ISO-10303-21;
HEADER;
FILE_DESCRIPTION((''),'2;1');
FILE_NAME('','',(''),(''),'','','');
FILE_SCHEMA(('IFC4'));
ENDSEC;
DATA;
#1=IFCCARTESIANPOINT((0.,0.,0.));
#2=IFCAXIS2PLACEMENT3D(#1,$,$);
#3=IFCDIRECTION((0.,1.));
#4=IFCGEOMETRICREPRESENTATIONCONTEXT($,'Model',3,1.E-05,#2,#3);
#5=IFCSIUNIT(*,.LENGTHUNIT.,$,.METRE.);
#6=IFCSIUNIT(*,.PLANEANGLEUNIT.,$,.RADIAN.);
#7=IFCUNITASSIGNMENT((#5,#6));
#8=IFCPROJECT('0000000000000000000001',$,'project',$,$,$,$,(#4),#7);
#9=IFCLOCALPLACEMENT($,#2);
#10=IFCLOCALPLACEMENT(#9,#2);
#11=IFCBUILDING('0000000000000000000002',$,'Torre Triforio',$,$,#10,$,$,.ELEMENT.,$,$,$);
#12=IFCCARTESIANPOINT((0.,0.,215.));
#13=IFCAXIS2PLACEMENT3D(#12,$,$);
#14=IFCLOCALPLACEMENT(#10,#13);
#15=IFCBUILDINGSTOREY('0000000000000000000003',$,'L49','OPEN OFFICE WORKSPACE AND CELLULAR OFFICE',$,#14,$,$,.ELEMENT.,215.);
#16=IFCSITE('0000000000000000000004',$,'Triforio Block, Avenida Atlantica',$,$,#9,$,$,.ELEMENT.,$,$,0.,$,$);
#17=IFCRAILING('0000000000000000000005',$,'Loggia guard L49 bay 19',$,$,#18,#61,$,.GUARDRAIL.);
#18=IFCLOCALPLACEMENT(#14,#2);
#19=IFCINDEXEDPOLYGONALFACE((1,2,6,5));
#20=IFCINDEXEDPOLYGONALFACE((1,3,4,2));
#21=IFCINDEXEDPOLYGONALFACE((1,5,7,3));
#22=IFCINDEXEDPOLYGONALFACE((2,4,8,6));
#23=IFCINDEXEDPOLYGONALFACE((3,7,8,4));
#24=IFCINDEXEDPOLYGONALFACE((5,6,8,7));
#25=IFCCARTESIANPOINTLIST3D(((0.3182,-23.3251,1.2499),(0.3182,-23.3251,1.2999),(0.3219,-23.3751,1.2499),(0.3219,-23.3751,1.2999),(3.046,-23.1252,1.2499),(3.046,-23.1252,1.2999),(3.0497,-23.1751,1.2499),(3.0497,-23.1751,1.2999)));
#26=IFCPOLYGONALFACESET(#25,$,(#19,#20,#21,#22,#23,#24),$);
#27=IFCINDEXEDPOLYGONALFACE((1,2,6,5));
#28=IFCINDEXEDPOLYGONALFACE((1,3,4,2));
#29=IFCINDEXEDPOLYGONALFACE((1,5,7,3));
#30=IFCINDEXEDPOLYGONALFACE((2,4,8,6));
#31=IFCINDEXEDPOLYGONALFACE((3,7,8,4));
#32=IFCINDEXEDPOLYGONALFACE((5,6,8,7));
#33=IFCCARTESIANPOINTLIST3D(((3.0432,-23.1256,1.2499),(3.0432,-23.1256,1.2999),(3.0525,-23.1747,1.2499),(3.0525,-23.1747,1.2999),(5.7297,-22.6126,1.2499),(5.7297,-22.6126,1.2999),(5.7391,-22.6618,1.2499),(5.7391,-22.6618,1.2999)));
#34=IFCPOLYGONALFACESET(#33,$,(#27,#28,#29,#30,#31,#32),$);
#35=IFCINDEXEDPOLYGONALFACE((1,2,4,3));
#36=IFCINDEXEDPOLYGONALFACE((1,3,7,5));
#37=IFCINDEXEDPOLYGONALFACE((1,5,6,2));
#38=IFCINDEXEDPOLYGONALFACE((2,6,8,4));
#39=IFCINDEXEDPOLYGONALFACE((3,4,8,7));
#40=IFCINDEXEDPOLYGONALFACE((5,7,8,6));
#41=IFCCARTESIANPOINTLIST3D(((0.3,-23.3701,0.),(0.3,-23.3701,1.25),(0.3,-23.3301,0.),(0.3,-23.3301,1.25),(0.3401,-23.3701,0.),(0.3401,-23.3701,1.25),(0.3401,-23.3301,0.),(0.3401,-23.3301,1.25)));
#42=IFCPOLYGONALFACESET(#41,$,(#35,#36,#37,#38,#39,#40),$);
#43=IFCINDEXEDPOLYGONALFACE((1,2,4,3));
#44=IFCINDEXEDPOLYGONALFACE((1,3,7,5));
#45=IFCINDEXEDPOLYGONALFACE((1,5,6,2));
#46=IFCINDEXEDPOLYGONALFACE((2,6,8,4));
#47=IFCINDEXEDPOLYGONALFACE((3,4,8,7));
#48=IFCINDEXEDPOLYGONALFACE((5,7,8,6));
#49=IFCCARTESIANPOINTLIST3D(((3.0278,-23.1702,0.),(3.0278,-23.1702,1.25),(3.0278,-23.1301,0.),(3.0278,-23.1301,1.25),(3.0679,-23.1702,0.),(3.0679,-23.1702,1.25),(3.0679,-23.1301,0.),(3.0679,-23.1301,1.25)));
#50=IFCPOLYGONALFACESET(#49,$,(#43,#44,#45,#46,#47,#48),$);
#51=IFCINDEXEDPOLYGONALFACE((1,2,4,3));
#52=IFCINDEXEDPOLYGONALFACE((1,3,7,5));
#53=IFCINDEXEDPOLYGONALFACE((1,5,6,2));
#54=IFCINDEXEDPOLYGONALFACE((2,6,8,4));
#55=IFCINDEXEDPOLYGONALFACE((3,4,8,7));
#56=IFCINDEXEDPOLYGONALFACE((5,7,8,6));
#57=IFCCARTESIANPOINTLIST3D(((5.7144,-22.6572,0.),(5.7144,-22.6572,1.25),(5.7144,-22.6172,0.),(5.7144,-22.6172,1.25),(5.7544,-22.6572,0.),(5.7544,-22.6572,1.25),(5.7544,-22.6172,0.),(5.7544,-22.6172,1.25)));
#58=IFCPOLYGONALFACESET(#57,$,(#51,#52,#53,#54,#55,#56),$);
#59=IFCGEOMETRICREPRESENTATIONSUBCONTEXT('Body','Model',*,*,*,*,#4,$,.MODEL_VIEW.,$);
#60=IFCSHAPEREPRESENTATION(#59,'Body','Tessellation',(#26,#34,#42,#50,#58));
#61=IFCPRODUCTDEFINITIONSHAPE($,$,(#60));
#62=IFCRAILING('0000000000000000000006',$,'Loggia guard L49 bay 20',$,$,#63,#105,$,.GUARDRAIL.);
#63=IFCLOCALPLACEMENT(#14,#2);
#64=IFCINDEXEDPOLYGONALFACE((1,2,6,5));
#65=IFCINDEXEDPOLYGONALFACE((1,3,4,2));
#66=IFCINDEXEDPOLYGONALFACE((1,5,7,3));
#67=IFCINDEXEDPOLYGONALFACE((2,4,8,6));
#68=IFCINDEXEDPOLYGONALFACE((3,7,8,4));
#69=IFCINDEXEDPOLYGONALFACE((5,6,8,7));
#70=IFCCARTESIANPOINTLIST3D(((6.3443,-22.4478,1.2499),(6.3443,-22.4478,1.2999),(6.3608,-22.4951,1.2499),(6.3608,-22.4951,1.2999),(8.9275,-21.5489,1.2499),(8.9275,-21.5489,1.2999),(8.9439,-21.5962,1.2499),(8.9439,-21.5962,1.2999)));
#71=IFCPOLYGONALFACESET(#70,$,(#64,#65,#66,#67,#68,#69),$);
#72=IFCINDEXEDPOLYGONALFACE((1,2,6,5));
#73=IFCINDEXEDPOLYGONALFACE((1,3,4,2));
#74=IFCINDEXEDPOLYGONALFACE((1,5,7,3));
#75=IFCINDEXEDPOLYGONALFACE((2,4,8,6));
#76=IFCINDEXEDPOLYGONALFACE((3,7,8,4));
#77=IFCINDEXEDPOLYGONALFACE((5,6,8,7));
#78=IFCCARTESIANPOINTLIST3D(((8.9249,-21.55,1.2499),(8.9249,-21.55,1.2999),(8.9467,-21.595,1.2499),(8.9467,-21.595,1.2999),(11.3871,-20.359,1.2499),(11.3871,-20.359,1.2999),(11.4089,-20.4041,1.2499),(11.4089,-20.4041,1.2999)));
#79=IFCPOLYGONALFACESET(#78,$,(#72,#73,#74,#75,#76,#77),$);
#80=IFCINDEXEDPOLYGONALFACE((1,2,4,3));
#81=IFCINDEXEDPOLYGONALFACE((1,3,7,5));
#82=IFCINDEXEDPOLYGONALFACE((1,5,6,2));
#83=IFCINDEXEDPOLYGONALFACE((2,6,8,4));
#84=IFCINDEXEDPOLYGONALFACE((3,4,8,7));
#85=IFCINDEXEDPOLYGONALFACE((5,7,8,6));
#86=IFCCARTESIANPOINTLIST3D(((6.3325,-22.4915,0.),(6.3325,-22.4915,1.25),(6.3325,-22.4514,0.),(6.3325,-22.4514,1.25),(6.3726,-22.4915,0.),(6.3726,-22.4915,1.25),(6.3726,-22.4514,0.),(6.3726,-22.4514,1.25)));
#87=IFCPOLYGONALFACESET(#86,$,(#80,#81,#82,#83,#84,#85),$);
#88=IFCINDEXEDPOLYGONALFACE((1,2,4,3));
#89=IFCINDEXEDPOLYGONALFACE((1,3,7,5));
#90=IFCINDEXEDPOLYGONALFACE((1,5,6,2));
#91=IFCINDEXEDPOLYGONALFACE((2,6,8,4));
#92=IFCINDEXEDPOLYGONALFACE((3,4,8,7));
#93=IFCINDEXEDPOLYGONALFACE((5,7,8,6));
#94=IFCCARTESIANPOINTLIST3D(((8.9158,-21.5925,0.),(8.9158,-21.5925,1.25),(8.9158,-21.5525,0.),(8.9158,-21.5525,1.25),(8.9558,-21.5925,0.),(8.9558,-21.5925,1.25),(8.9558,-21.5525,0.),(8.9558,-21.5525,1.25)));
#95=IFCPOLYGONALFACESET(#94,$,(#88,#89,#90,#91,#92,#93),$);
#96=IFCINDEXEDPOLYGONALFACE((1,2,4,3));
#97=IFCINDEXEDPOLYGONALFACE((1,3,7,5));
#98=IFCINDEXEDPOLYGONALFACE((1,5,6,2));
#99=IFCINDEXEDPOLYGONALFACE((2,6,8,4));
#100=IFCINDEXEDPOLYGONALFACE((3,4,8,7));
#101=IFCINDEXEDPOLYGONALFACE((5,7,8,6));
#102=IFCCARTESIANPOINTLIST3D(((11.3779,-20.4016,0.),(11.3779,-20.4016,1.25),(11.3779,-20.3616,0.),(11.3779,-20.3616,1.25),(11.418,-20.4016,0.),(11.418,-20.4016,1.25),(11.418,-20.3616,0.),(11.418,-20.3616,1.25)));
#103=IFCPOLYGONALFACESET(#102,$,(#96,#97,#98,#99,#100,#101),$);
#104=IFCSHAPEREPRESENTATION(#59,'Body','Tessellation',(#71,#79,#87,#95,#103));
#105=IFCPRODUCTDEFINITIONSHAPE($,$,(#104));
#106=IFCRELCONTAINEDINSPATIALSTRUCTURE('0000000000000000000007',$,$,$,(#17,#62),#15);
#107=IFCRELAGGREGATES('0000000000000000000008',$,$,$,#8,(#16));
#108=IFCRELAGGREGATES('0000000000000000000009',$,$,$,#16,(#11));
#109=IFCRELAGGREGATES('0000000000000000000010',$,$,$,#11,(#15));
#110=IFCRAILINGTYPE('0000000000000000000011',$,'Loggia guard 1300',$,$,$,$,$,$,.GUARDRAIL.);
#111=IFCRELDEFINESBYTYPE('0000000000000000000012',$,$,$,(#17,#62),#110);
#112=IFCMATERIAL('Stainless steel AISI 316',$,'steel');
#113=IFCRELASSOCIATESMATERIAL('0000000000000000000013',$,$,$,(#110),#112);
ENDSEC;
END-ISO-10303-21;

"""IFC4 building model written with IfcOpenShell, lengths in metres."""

from ifc_helpers import new_model, si_unit, direction, frame, origin, origin_2d, place, context, subcontext, project, spatial, rectangle, extrude, material, type_object, element, save


model = new_model("IFC4")

# Units and contexts
model_context = context("Model", 3, precision=1e-05, world=origin(), true_north=direction((0.0, 1.0)))
body_context = subcontext(model_context, "Body", "Model", "MODEL_VIEW")
ifc_project = project(units=[si_unit("LENGTHUNIT", "METRE"), si_unit("PLANEANGLEUNIT", "RADIAN")], contexts=[model_context])

# Site, building, storey
site_placement = place(None, origin())
site = spatial("IfcSite", under=ifc_project, at=site_placement, Name="Triforio Block, Avenida Atlantica", CompositionType="ELEMENT", RefElevation=0.0)
building_placement = place(site_placement, origin())
building = spatial("IfcBuilding", under=site, at=building_placement, Name="Torre Triforio", CompositionType="ELEMENT")
storey_placement = place(building_placement, frame((0.0, 0.0, 215.0)))
storey = spatial("IfcBuildingStorey", under=building, at=storey_placement, Name="L49", Description="OPEN OFFICE WORKSPACE AND CELLULAR OFFICE", CompositionType="ELEMENT", Elevation=215.0)

# Railings
ifc_material_1 = material(Name="Stainless steel AISI 316", Category="steel")
railing_type = type_object("IfcRailingType", Name="Loggia guard 1300", PredefinedType="GUARDRAIL", material=ifc_material_1)
railing_1_placement = place(storey_placement, frame((0.3201, -23.3501, 0.0)))
element("IfcRailing", 1, at=railing_1_placement, inside=storey, type_object=railing_type, Name="Loggia guard L49 bay 19", PredefinedType="GUARDRAIL", context=body_context, shape_type="SweptSolid", body=[
    extrude(rectangle(XDim=0.05, YDim=0.05, at=origin_2d()), frame((0.0, 0.0, 1.2749), z_axis=(0.997324, 0.073106, 0.0), x_axis=(-0.073106, 0.997324, 0.0)), (0.0, 0.0, 1.0), 2.7351),
    extrude(rectangle(XDim=0.05, YDim=0.05, at=origin_2d()), frame((2.7278, 0.2, 1.2749), z_axis=(0.982256, 0.187543, 0.0), x_axis=(-0.187543, 0.982256, 0.0)), (0.0, 0.0, 1.0), 2.7351),
    extrude(rectangle(XDim=0.04, YDim=0.04, at=origin_2d()), origin(), (0.0, 0.0, 1.0), 1.25),
    extrude(rectangle(XDim=0.04, YDim=0.04, at=origin_2d()), frame((2.7278, 0.2, 0.0)), (0.0, 0.0, 1.0), 1.25),
    extrude(rectangle(XDim=0.04, YDim=0.04, at=origin_2d()), frame((5.4143, 0.7129, 0.0)), (0.0, 0.0, 1.0), 1.25),
])
railing_2_placement = place(storey_placement, frame((6.3525, -22.4714, 0.0)))
element("IfcRailing", 2, at=railing_2_placement, inside=storey, type_object=railing_type, Name="Loggia guard L49 bay 20", PredefinedType="GUARDRAIL", context=body_context, shape_type="SweptSolid", body=[
    extrude(rectangle(XDim=0.05, YDim=0.05, at=origin_2d()), frame((0.0, 0.0, 1.2749), z_axis=(0.944451, 0.328652, 0.0), x_axis=(-0.328652, 0.944451, 0.0)), (0.0, 0.0, 1.0), 2.7351),
    extrude(rectangle(XDim=0.05, YDim=0.05, at=origin_2d()), frame((2.5833, 0.8989, 1.2749), z_axis=(0.900224, 0.435428, 0.0), x_axis=(-0.435428, 0.900224, 0.0)), (0.0, 0.0, 1.0), 2.7351),
    extrude(rectangle(XDim=0.04, YDim=0.04, at=origin_2d()), origin(), (0.0, 0.0, 1.0), 1.25),
    extrude(rectangle(XDim=0.04, YDim=0.04, at=origin_2d()), frame((2.5833, 0.8989, 0.0)), (0.0, 0.0, 1.0), 1.25),
    extrude(rectangle(XDim=0.04, YDim=0.04, at=origin_2d()), frame((5.0454, 2.0898, 0.0)), (0.0, 0.0, 1.0), 1.25),
])

save(model, "model.ifc")
